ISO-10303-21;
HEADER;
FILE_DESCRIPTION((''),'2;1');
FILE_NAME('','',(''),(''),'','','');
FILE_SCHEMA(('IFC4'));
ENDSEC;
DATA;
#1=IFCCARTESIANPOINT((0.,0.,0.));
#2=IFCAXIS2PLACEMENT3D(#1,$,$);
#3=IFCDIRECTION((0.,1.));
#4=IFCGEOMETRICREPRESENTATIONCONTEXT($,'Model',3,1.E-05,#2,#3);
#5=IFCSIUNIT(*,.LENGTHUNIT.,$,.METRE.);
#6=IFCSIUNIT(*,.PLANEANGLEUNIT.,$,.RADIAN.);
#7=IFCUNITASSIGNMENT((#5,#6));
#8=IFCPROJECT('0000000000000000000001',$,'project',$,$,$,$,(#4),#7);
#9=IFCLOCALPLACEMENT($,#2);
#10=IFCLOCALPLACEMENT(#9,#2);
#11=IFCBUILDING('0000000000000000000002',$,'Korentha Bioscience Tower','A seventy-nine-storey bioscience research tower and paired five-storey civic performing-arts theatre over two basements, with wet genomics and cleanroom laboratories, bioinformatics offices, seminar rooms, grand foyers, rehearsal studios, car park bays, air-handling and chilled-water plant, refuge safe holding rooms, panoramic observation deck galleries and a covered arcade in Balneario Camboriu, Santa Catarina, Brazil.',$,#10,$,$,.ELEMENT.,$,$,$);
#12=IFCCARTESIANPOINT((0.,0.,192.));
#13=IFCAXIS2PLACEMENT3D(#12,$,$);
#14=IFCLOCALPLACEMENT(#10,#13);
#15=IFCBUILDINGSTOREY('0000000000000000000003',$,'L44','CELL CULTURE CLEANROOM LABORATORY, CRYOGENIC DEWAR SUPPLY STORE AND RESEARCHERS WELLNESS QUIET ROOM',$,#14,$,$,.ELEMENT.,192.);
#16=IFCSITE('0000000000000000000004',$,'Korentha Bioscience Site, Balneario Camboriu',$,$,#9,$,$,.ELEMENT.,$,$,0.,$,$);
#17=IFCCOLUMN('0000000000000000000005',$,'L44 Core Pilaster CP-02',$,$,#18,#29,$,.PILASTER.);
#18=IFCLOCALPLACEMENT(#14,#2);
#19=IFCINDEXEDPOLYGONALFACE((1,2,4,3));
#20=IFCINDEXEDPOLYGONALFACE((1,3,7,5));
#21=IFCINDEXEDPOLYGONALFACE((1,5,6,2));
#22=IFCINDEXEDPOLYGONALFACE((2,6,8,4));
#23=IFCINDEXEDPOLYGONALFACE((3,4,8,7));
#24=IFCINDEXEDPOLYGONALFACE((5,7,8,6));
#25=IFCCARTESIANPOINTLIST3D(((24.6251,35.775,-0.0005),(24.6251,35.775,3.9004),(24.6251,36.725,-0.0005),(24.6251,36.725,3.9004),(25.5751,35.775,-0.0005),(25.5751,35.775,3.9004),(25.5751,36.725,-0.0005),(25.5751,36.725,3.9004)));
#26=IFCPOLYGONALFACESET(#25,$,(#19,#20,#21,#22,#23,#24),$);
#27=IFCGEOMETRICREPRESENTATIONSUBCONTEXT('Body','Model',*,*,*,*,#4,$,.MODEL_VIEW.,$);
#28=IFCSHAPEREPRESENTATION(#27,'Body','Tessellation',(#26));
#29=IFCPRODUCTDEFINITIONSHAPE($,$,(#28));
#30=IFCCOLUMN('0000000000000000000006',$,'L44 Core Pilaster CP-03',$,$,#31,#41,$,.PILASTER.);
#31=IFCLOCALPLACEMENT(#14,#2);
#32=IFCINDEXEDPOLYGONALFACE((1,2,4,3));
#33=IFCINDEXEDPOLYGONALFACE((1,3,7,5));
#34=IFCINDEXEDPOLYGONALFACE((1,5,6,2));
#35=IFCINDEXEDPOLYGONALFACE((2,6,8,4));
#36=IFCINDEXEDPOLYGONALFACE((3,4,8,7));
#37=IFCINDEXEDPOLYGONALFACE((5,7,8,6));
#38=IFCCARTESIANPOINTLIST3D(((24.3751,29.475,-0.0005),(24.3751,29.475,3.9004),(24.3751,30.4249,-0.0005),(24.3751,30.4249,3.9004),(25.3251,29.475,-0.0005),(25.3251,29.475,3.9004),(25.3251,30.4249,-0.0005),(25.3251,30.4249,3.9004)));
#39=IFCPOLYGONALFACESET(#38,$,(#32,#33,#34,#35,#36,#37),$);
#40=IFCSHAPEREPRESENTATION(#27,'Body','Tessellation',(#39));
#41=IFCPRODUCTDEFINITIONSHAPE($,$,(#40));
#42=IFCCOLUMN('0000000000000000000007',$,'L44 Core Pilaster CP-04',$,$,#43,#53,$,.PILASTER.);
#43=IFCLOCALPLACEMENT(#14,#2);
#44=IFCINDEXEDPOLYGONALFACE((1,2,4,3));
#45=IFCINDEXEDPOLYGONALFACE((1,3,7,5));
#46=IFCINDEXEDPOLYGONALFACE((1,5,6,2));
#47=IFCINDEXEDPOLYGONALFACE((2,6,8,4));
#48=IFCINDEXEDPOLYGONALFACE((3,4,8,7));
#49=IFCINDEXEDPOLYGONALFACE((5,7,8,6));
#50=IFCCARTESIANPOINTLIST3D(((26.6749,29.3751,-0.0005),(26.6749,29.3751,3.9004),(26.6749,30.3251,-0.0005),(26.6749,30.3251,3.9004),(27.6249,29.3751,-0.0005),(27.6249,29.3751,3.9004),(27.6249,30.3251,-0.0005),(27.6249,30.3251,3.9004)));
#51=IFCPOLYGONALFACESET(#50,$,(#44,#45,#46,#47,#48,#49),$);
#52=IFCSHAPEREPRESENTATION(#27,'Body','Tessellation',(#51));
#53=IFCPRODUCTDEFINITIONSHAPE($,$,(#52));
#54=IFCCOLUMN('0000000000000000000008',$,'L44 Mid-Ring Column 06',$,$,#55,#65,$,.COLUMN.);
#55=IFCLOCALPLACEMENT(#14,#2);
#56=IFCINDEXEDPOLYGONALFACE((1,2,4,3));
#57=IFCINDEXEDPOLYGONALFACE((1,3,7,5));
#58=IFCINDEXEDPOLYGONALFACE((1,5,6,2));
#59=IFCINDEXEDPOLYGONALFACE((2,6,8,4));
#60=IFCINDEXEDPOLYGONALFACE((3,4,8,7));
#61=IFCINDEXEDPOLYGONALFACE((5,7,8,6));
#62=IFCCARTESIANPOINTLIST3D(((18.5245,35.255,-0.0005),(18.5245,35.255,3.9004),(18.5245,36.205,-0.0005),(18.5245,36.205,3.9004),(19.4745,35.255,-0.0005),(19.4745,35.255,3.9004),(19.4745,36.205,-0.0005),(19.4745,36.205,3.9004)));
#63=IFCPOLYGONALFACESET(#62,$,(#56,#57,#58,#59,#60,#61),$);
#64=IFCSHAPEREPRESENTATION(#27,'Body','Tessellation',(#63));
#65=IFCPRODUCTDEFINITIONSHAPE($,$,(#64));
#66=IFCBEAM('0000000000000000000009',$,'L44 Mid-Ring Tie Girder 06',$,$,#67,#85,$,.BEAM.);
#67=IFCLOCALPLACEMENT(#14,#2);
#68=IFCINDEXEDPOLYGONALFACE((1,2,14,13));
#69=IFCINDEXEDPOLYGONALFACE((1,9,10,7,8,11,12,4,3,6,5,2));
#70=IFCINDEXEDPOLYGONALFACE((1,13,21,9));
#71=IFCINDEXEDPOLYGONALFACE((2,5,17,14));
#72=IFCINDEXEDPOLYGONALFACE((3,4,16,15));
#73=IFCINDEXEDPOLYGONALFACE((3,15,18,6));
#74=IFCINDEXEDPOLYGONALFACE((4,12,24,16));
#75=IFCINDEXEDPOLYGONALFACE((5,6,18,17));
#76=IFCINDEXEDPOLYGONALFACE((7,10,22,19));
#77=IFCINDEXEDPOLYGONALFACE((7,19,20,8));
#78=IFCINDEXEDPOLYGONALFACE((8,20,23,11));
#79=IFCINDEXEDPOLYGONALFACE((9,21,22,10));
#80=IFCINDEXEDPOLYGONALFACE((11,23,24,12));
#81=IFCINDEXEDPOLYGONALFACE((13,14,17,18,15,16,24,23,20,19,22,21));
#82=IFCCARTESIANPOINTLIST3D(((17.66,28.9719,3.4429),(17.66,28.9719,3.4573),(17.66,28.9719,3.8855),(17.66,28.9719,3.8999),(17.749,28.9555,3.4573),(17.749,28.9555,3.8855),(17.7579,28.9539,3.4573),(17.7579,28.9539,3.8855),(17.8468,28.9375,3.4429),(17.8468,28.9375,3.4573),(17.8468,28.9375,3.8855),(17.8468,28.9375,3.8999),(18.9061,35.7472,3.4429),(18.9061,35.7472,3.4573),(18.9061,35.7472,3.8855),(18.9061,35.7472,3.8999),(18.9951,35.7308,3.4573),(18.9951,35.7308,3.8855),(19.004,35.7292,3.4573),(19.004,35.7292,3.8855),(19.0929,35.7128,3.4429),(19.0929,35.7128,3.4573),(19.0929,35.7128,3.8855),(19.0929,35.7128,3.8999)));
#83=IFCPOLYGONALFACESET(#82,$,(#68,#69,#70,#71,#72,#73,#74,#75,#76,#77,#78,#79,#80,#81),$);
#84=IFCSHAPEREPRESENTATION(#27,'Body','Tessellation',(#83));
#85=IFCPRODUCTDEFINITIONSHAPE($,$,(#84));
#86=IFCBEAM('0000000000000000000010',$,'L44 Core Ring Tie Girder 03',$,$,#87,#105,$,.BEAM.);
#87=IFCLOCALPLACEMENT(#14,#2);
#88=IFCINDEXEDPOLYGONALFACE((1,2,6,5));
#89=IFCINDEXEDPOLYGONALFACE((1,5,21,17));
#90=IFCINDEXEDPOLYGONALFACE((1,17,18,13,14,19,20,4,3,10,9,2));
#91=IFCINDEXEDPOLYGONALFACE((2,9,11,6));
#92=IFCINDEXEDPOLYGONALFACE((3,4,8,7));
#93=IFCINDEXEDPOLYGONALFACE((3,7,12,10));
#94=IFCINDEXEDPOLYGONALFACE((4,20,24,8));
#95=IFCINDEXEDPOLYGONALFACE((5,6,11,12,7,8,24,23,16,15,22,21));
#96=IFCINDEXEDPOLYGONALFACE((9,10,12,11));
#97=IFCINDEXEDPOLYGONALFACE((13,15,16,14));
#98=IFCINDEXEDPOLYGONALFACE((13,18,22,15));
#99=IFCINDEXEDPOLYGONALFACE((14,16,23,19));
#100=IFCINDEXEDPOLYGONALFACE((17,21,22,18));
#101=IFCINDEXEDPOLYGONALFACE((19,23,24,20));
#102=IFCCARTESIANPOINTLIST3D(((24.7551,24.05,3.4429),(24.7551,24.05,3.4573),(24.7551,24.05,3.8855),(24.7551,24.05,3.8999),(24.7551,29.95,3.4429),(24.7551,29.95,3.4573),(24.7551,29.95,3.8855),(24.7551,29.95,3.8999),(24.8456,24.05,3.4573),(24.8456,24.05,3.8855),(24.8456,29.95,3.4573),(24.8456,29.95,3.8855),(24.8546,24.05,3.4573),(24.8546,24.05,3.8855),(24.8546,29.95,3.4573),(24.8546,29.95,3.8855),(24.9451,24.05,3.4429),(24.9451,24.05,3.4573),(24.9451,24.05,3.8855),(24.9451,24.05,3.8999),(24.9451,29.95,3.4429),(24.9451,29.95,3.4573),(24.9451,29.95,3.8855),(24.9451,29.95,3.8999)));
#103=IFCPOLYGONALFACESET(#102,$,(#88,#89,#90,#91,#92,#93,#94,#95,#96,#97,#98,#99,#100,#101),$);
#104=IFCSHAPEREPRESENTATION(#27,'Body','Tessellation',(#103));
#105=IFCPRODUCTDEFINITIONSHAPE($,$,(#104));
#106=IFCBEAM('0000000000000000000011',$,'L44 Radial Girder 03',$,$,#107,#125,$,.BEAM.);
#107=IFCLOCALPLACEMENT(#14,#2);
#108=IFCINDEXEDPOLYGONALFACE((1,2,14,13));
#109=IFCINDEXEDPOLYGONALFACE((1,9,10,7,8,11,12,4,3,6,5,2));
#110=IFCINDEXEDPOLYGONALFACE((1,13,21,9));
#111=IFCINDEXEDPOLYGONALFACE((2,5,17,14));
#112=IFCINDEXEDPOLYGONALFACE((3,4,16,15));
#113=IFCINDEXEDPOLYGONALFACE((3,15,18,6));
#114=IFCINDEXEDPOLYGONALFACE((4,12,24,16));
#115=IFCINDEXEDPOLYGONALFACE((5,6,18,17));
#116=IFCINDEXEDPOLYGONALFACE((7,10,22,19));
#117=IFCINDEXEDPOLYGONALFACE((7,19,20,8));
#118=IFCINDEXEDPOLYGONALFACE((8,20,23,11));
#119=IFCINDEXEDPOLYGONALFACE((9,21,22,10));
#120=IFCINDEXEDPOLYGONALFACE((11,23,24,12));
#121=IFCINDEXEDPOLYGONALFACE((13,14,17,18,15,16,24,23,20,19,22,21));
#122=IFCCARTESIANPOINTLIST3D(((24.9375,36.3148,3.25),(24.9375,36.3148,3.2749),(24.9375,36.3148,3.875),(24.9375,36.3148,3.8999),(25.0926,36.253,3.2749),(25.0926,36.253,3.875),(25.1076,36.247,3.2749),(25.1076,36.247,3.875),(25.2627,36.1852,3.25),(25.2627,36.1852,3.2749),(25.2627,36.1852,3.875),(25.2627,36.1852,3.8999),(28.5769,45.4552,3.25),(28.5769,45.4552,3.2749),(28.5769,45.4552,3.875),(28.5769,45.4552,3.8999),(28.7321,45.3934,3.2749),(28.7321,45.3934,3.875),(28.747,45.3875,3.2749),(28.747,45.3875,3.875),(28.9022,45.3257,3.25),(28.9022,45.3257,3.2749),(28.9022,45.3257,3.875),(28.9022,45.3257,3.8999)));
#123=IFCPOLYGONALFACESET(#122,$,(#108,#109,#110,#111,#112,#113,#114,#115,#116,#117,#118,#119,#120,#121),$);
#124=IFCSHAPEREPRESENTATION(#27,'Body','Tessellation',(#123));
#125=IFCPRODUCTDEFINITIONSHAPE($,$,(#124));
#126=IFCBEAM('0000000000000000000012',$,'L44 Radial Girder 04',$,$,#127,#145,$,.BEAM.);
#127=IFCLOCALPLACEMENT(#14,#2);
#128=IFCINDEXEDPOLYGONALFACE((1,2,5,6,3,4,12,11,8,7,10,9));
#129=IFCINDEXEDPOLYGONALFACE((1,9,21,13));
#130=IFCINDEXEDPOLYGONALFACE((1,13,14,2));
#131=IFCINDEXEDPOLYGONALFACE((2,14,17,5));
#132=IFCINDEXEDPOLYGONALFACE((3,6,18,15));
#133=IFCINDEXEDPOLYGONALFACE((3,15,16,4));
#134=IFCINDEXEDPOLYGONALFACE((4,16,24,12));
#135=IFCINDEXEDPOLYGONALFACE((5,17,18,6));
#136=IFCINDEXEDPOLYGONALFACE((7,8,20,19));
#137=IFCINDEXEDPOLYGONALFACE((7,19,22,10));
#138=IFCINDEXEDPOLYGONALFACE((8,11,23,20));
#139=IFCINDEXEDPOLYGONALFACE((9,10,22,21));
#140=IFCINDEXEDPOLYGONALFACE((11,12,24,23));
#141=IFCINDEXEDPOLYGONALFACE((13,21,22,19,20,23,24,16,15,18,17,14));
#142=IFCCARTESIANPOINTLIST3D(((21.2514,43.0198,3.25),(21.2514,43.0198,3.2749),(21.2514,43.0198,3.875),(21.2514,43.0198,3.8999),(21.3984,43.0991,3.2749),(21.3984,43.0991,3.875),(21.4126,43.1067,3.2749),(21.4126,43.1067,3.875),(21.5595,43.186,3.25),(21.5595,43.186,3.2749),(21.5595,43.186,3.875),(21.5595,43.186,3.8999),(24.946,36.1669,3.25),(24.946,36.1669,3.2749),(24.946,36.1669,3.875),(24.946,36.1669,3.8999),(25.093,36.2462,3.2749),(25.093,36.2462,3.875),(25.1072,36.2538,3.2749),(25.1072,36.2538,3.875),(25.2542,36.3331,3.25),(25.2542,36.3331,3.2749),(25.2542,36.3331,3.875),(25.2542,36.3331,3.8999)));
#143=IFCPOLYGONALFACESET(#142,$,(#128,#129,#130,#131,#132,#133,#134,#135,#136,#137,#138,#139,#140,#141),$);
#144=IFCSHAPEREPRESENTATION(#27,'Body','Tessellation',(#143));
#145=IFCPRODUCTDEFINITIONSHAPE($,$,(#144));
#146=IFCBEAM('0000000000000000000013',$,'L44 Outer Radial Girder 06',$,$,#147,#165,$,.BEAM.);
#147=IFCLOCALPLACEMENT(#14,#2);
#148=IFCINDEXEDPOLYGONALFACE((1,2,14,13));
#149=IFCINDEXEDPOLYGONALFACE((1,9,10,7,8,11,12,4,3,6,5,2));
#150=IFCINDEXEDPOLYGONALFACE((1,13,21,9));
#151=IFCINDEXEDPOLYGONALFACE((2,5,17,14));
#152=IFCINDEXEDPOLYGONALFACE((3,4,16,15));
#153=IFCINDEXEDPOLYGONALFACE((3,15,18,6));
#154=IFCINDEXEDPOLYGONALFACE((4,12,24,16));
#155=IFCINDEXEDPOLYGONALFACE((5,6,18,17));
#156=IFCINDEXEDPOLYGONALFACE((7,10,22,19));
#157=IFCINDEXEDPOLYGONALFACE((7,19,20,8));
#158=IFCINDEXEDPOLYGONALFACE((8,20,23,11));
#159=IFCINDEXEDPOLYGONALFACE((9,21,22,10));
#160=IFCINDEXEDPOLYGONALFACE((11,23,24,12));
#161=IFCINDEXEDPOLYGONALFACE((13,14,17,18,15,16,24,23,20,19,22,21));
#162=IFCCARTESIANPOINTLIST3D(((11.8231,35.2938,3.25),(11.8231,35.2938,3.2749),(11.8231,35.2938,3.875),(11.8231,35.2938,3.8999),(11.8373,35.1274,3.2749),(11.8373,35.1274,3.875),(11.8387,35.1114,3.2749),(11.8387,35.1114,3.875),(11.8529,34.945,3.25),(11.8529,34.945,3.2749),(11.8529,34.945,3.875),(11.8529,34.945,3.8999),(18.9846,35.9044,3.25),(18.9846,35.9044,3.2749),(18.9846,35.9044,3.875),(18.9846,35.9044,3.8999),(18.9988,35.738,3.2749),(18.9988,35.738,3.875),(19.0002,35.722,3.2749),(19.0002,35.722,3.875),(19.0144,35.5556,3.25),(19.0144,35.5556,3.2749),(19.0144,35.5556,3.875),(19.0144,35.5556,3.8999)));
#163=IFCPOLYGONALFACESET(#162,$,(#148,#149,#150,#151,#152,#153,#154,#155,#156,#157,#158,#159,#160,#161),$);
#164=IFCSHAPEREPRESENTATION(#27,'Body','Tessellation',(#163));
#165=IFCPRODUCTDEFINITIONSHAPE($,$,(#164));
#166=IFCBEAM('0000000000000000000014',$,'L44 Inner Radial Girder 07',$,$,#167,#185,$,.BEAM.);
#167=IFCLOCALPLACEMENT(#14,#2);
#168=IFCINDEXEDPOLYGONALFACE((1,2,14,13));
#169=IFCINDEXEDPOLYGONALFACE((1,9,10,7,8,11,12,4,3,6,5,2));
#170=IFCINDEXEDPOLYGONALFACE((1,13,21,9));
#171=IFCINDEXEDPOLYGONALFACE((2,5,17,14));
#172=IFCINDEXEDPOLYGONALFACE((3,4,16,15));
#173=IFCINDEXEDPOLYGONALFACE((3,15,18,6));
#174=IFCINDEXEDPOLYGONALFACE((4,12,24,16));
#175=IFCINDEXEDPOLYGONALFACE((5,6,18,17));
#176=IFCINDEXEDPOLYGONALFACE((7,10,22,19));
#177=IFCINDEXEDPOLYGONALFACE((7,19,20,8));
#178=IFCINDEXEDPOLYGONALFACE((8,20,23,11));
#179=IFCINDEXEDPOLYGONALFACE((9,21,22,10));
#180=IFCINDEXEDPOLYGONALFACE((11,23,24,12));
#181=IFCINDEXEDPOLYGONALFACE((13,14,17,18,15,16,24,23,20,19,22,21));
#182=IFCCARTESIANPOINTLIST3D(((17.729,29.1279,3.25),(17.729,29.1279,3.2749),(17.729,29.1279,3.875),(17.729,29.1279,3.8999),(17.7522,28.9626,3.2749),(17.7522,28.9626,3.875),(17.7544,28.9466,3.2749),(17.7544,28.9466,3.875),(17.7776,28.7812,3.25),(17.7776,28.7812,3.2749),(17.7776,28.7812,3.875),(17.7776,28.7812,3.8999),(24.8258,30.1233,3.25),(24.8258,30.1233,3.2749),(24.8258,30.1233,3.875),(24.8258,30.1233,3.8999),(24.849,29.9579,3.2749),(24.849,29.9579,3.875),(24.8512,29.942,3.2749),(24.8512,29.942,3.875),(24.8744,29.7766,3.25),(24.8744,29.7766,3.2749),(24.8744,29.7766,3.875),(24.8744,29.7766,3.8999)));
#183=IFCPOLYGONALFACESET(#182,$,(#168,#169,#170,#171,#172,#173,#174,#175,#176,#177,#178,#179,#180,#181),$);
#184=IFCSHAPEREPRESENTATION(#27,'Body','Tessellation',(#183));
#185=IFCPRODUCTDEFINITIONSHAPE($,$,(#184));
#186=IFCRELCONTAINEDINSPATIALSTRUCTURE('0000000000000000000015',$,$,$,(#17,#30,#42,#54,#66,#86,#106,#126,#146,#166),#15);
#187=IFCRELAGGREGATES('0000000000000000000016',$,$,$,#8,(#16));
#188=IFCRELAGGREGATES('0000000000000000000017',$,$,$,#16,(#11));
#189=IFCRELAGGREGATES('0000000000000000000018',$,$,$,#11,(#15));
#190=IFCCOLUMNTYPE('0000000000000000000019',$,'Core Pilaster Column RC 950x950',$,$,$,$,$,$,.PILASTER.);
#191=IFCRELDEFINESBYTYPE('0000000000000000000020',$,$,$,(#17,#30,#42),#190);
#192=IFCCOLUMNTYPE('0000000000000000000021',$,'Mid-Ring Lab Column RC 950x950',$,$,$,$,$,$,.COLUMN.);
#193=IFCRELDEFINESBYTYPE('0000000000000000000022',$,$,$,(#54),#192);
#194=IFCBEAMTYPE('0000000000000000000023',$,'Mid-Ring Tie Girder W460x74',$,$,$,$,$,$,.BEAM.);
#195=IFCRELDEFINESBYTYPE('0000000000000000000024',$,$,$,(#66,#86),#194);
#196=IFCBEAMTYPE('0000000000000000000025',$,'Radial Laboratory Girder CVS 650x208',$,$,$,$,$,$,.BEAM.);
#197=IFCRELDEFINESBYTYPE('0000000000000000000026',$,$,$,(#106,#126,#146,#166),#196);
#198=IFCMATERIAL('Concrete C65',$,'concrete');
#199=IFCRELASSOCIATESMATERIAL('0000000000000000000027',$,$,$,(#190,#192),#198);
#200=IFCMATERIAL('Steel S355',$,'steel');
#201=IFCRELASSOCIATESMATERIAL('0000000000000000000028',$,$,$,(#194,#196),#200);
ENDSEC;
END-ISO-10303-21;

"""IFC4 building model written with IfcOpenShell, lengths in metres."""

from ifc_helpers import new_model, si_unit, direction, frame, origin, origin_2d, place, context, subcontext, project, spatial, rectangle, i_section, extrude, material, material_profile, profile_set, type_object, element, save


model = new_model("IFC4")

# Units and contexts
model_context = context("Model", 3, precision=1e-05, world=origin(), true_north=direction((0.0, 1.0)))
body_context = subcontext(model_context, "Body", "Model", "MODEL_VIEW")
ifc_project = project(units=[si_unit("LENGTHUNIT", "METRE"), si_unit("PLANEANGLEUNIT", "RADIAN")], contexts=[model_context])

# Site, building, storey
site_placement = place(None, origin())
site = spatial("IfcSite", under=ifc_project, at=site_placement, Name="Korentha Bioscience Site, Balneario Camboriu", CompositionType="ELEMENT", RefElevation=0.0)
building_placement = place(site_placement, origin())
building = spatial("IfcBuilding", under=site, at=building_placement, Name="Korentha Bioscience Tower", Description="A seventy-nine-storey bioscience research tower and paired five-storey civic performing-arts theatre over two basements, with wet genomics and cleanroom laboratories, bioinformatics offices, seminar rooms, grand foyers, rehearsal studios, car park bays, air-handling and chilled-water plant, refuge safe holding rooms, panoramic observation deck galleries and a covered arcade in Balneario Camboriu, Santa Catarina, Brazil.", CompositionType="ELEMENT")
storey_placement = place(building_placement, frame((0.0, 0.0, 192.0)))
storey = spatial("IfcBuildingStorey", under=building, at=storey_placement, Name="L44", Description="CELL CULTURE CLEANROOM LABORATORY, CRYOGENIC DEWAR SUPPLY STORE AND RESEARCHERS WELLNESS QUIET ROOM", CompositionType="ELEMENT", Elevation=192.0)

# Columns
ifc_material_1 = material(Name="Concrete C65", Category="concrete")
ifc_material_profile_1 = material_profile(ifc_material_1, rectangle(XDim=0.95, YDim=0.95, at=origin_2d()), Name="Concrete C65")
ifc_profile_set_1 = profile_set([ifc_material_profile_1], Name="Concrete C65 (COL-CP09)")
column_type_1 = type_object("IfcColumnType", Name="Core Pilaster Column RC 950x950", PredefinedType="PILASTER", material=ifc_profile_set_1)
for number, where, z_axis, x_axis, name in (
    (1, (25.1001, 36.25, -0.0005), (0.0, 0.0, 1.0), (1.0, 0.0, 0.0), "L44 Core Pilaster CP-02"),
    (2, (24.8501, 29.95, -0.0005), (0.0, 0.0, 1.0), (1.0, 0.0, 0.0), "L44 Core Pilaster CP-03"),
    (3, (27.1499, 29.8501, -0.0005), (0.0, 0.0, 1.0), (1.0, 0.0, 0.0), "L44 Core Pilaster CP-04"),
):
    element("IfcColumn", number, at=place(storey_placement, frame(where, z_axis=z_axis, x_axis=x_axis)), inside=storey, type_object=column_type_1, Name=name, PredefinedType="PILASTER", context=body_context, shape_type="SweptSolid", body=[
        extrude(rectangle(XDim=0.95, YDim=0.95, at=origin_2d()), origin(), (0.0, 0.0, 1.0), 3.9009),
    ])
ifc_material_profile_2 = material_profile(ifc_material_1, rectangle(XDim=0.95, YDim=0.95, at=origin_2d()), Name="Concrete C65")
ifc_profile_set_2 = profile_set([ifc_material_profile_2], Name="Concrete C65 (COL-MR09)")
column_type_2 = type_object("IfcColumnType", Name="Mid-Ring Lab Column RC 950x950", PredefinedType="COLUMN", material=ifc_profile_set_2)
column_placement = place(storey_placement, frame((18.9995, 35.73, -0.0005), z_axis=(0.0, 0.0, 1.0), x_axis=(1.0, 0.0, 0.0)))
element("IfcColumn", 4, at=column_placement, inside=storey, type_object=column_type_2, Name="L44 Mid-Ring Column 06", PredefinedType="COLUMN", context=body_context, shape_type="SweptSolid", body=[
    extrude(rectangle(XDim=0.95, YDim=0.95, at=origin_2d()), origin(), (0.0, 0.0, 1.0), 3.9009),
])

# Beams
ifc_material_2 = material(Name="Steel S355", Category="steel")
ifc_material_profile_3 = material_profile(ifc_material_2, i_section(OverallWidth=0.1899, OverallDepth=0.457, WebThickness=0.009, FlangeThickness=0.0144, at=origin_2d()), Name="Steel S355")
ifc_profile_set_3 = profile_set([ifc_material_profile_3], Name="Steel S355 (MB-460)")
beam_type_1 = type_object("IfcBeamType", Name="Mid-Ring Tie Girder W460x74", PredefinedType="BEAM", material=ifc_profile_set_3)
beam_1_placement = place(storey_placement, frame((18.9995, 35.73, 3.6714), z_axis=(-0.180881, -0.983505, 0.0), x_axis=(0.983505, -0.180881, 0.0)))
element("IfcBeam", 5, at=beam_1_placement, inside=storey, type_object=beam_type_1, Name="L44 Mid-Ring Tie Girder 06", PredefinedType="BEAM", context=body_context, shape_type="SweptSolid", body=[
    extrude(i_section(OverallWidth=0.1899, OverallDepth=0.457, WebThickness=0.009, FlangeThickness=0.0144, at=origin_2d()), origin(), (0.0, 0.0, 1.0), 6.8889),
])
beam_2_placement = place(storey_placement, frame((24.8501, 29.95, 3.6714), z_axis=(0.0, -1.0, 0.0), x_axis=(1.0, 0.0, 0.0)))
element("IfcBeam", 6, at=beam_2_placement, inside=storey, type_object=beam_type_1, Name="L44 Core Ring Tie Girder 03", PredefinedType="BEAM", context=body_context, shape_type="SweptSolid", body=[
    extrude(i_section(OverallWidth=0.1899, OverallDepth=0.457, WebThickness=0.009, FlangeThickness=0.0144, at=origin_2d()), origin(), (0.0, 0.0, 1.0), 5.8999),
])
ifc_material_profile_4 = material_profile(ifc_material_2, i_section(OverallWidth=0.3501, OverallDepth=0.6499, WebThickness=0.0161, FlangeThickness=0.0249, at=origin_2d()), Name="Steel S355")
ifc_profile_set_4 = profile_set([ifc_material_profile_4], Name="Steel S355 (RB-650)")
beam_type_2 = type_object("IfcBeamType", Name="Radial Laboratory Girder CVS 650x208", PredefinedType="BEAM", material=ifc_profile_set_4)
beam_3_placement = place(storey_placement, frame((25.1001, 36.25, 3.575), z_axis=(0.369923, 0.929063, 0.0), x_axis=(-0.929063, 0.369923, 0.0)))
element("IfcBeam", 7, at=beam_3_placement, inside=storey, type_object=beam_type_2, Name="L44 Radial Girder 03", PredefinedType="BEAM", context=body_context, shape_type="SweptSolid", body=[
    extrude(i_section(OverallWidth=0.3501, OverallDepth=0.6499, WebThickness=0.0161, FlangeThickness=0.0249, at=origin_2d()), origin(), (0.0, 0.0, 1.0), 9.8384),
])
beam_4_placement = place(storey_placement, frame((25.1001, 36.25, 3.575), z_axis=(-0.47456, 0.880223, 0.0), x_axis=(-0.880223, -0.47456, 0.0)))
element("IfcBeam", 8, at=beam_4_placement, inside=storey, type_object=beam_type_2, Name="L44 Radial Girder 04", PredefinedType="BEAM", context=body_context, shape_type="SweptSolid", body=[
    extrude(i_section(OverallWidth=0.3501, OverallDepth=0.6499, WebThickness=0.0161, FlangeThickness=0.0249, at=origin_2d()), origin(), (0.0, 0.0, 1.0), 7.7854),
])
beam_5_placement = place(storey_placement, frame((18.9995, 35.73, 3.575), z_axis=(-0.996385, -0.084951, 0.0), x_axis=(0.084951, -0.996385, 0.0)))
element("IfcBeam", 9, at=beam_5_placement, inside=storey, type_object=beam_type_2, Name="L44 Outer Radial Girder 06", PredefinedType="BEAM", context=body_context, shape_type="SweptSolid", body=[
    extrude(i_section(OverallWidth=0.3501, OverallDepth=0.6499, WebThickness=0.0161, FlangeThickness=0.0249, at=origin_2d()), origin(), (0.0, 0.0, 1.0), 7.1875),
])
beam_6_placement = place(storey_placement, frame((24.8501, 29.95, 3.575), z_axis=(-0.990307, -0.138898, 0.0), x_axis=(0.138898, -0.990307, 0.0)))
element("IfcBeam", 10, at=beam_6_placement, inside=storey, type_object=beam_type_2, Name="L44 Inner Radial Girder 07", PredefinedType="BEAM", context=body_context, shape_type="SweptSolid", body=[
    extrude(i_section(OverallWidth=0.3501, OverallDepth=0.6499, WebThickness=0.0161, FlangeThickness=0.0249, at=origin_2d()), origin(), (0.0, 0.0, 1.0), 7.1663),
])

save(model, "model.ifc")
